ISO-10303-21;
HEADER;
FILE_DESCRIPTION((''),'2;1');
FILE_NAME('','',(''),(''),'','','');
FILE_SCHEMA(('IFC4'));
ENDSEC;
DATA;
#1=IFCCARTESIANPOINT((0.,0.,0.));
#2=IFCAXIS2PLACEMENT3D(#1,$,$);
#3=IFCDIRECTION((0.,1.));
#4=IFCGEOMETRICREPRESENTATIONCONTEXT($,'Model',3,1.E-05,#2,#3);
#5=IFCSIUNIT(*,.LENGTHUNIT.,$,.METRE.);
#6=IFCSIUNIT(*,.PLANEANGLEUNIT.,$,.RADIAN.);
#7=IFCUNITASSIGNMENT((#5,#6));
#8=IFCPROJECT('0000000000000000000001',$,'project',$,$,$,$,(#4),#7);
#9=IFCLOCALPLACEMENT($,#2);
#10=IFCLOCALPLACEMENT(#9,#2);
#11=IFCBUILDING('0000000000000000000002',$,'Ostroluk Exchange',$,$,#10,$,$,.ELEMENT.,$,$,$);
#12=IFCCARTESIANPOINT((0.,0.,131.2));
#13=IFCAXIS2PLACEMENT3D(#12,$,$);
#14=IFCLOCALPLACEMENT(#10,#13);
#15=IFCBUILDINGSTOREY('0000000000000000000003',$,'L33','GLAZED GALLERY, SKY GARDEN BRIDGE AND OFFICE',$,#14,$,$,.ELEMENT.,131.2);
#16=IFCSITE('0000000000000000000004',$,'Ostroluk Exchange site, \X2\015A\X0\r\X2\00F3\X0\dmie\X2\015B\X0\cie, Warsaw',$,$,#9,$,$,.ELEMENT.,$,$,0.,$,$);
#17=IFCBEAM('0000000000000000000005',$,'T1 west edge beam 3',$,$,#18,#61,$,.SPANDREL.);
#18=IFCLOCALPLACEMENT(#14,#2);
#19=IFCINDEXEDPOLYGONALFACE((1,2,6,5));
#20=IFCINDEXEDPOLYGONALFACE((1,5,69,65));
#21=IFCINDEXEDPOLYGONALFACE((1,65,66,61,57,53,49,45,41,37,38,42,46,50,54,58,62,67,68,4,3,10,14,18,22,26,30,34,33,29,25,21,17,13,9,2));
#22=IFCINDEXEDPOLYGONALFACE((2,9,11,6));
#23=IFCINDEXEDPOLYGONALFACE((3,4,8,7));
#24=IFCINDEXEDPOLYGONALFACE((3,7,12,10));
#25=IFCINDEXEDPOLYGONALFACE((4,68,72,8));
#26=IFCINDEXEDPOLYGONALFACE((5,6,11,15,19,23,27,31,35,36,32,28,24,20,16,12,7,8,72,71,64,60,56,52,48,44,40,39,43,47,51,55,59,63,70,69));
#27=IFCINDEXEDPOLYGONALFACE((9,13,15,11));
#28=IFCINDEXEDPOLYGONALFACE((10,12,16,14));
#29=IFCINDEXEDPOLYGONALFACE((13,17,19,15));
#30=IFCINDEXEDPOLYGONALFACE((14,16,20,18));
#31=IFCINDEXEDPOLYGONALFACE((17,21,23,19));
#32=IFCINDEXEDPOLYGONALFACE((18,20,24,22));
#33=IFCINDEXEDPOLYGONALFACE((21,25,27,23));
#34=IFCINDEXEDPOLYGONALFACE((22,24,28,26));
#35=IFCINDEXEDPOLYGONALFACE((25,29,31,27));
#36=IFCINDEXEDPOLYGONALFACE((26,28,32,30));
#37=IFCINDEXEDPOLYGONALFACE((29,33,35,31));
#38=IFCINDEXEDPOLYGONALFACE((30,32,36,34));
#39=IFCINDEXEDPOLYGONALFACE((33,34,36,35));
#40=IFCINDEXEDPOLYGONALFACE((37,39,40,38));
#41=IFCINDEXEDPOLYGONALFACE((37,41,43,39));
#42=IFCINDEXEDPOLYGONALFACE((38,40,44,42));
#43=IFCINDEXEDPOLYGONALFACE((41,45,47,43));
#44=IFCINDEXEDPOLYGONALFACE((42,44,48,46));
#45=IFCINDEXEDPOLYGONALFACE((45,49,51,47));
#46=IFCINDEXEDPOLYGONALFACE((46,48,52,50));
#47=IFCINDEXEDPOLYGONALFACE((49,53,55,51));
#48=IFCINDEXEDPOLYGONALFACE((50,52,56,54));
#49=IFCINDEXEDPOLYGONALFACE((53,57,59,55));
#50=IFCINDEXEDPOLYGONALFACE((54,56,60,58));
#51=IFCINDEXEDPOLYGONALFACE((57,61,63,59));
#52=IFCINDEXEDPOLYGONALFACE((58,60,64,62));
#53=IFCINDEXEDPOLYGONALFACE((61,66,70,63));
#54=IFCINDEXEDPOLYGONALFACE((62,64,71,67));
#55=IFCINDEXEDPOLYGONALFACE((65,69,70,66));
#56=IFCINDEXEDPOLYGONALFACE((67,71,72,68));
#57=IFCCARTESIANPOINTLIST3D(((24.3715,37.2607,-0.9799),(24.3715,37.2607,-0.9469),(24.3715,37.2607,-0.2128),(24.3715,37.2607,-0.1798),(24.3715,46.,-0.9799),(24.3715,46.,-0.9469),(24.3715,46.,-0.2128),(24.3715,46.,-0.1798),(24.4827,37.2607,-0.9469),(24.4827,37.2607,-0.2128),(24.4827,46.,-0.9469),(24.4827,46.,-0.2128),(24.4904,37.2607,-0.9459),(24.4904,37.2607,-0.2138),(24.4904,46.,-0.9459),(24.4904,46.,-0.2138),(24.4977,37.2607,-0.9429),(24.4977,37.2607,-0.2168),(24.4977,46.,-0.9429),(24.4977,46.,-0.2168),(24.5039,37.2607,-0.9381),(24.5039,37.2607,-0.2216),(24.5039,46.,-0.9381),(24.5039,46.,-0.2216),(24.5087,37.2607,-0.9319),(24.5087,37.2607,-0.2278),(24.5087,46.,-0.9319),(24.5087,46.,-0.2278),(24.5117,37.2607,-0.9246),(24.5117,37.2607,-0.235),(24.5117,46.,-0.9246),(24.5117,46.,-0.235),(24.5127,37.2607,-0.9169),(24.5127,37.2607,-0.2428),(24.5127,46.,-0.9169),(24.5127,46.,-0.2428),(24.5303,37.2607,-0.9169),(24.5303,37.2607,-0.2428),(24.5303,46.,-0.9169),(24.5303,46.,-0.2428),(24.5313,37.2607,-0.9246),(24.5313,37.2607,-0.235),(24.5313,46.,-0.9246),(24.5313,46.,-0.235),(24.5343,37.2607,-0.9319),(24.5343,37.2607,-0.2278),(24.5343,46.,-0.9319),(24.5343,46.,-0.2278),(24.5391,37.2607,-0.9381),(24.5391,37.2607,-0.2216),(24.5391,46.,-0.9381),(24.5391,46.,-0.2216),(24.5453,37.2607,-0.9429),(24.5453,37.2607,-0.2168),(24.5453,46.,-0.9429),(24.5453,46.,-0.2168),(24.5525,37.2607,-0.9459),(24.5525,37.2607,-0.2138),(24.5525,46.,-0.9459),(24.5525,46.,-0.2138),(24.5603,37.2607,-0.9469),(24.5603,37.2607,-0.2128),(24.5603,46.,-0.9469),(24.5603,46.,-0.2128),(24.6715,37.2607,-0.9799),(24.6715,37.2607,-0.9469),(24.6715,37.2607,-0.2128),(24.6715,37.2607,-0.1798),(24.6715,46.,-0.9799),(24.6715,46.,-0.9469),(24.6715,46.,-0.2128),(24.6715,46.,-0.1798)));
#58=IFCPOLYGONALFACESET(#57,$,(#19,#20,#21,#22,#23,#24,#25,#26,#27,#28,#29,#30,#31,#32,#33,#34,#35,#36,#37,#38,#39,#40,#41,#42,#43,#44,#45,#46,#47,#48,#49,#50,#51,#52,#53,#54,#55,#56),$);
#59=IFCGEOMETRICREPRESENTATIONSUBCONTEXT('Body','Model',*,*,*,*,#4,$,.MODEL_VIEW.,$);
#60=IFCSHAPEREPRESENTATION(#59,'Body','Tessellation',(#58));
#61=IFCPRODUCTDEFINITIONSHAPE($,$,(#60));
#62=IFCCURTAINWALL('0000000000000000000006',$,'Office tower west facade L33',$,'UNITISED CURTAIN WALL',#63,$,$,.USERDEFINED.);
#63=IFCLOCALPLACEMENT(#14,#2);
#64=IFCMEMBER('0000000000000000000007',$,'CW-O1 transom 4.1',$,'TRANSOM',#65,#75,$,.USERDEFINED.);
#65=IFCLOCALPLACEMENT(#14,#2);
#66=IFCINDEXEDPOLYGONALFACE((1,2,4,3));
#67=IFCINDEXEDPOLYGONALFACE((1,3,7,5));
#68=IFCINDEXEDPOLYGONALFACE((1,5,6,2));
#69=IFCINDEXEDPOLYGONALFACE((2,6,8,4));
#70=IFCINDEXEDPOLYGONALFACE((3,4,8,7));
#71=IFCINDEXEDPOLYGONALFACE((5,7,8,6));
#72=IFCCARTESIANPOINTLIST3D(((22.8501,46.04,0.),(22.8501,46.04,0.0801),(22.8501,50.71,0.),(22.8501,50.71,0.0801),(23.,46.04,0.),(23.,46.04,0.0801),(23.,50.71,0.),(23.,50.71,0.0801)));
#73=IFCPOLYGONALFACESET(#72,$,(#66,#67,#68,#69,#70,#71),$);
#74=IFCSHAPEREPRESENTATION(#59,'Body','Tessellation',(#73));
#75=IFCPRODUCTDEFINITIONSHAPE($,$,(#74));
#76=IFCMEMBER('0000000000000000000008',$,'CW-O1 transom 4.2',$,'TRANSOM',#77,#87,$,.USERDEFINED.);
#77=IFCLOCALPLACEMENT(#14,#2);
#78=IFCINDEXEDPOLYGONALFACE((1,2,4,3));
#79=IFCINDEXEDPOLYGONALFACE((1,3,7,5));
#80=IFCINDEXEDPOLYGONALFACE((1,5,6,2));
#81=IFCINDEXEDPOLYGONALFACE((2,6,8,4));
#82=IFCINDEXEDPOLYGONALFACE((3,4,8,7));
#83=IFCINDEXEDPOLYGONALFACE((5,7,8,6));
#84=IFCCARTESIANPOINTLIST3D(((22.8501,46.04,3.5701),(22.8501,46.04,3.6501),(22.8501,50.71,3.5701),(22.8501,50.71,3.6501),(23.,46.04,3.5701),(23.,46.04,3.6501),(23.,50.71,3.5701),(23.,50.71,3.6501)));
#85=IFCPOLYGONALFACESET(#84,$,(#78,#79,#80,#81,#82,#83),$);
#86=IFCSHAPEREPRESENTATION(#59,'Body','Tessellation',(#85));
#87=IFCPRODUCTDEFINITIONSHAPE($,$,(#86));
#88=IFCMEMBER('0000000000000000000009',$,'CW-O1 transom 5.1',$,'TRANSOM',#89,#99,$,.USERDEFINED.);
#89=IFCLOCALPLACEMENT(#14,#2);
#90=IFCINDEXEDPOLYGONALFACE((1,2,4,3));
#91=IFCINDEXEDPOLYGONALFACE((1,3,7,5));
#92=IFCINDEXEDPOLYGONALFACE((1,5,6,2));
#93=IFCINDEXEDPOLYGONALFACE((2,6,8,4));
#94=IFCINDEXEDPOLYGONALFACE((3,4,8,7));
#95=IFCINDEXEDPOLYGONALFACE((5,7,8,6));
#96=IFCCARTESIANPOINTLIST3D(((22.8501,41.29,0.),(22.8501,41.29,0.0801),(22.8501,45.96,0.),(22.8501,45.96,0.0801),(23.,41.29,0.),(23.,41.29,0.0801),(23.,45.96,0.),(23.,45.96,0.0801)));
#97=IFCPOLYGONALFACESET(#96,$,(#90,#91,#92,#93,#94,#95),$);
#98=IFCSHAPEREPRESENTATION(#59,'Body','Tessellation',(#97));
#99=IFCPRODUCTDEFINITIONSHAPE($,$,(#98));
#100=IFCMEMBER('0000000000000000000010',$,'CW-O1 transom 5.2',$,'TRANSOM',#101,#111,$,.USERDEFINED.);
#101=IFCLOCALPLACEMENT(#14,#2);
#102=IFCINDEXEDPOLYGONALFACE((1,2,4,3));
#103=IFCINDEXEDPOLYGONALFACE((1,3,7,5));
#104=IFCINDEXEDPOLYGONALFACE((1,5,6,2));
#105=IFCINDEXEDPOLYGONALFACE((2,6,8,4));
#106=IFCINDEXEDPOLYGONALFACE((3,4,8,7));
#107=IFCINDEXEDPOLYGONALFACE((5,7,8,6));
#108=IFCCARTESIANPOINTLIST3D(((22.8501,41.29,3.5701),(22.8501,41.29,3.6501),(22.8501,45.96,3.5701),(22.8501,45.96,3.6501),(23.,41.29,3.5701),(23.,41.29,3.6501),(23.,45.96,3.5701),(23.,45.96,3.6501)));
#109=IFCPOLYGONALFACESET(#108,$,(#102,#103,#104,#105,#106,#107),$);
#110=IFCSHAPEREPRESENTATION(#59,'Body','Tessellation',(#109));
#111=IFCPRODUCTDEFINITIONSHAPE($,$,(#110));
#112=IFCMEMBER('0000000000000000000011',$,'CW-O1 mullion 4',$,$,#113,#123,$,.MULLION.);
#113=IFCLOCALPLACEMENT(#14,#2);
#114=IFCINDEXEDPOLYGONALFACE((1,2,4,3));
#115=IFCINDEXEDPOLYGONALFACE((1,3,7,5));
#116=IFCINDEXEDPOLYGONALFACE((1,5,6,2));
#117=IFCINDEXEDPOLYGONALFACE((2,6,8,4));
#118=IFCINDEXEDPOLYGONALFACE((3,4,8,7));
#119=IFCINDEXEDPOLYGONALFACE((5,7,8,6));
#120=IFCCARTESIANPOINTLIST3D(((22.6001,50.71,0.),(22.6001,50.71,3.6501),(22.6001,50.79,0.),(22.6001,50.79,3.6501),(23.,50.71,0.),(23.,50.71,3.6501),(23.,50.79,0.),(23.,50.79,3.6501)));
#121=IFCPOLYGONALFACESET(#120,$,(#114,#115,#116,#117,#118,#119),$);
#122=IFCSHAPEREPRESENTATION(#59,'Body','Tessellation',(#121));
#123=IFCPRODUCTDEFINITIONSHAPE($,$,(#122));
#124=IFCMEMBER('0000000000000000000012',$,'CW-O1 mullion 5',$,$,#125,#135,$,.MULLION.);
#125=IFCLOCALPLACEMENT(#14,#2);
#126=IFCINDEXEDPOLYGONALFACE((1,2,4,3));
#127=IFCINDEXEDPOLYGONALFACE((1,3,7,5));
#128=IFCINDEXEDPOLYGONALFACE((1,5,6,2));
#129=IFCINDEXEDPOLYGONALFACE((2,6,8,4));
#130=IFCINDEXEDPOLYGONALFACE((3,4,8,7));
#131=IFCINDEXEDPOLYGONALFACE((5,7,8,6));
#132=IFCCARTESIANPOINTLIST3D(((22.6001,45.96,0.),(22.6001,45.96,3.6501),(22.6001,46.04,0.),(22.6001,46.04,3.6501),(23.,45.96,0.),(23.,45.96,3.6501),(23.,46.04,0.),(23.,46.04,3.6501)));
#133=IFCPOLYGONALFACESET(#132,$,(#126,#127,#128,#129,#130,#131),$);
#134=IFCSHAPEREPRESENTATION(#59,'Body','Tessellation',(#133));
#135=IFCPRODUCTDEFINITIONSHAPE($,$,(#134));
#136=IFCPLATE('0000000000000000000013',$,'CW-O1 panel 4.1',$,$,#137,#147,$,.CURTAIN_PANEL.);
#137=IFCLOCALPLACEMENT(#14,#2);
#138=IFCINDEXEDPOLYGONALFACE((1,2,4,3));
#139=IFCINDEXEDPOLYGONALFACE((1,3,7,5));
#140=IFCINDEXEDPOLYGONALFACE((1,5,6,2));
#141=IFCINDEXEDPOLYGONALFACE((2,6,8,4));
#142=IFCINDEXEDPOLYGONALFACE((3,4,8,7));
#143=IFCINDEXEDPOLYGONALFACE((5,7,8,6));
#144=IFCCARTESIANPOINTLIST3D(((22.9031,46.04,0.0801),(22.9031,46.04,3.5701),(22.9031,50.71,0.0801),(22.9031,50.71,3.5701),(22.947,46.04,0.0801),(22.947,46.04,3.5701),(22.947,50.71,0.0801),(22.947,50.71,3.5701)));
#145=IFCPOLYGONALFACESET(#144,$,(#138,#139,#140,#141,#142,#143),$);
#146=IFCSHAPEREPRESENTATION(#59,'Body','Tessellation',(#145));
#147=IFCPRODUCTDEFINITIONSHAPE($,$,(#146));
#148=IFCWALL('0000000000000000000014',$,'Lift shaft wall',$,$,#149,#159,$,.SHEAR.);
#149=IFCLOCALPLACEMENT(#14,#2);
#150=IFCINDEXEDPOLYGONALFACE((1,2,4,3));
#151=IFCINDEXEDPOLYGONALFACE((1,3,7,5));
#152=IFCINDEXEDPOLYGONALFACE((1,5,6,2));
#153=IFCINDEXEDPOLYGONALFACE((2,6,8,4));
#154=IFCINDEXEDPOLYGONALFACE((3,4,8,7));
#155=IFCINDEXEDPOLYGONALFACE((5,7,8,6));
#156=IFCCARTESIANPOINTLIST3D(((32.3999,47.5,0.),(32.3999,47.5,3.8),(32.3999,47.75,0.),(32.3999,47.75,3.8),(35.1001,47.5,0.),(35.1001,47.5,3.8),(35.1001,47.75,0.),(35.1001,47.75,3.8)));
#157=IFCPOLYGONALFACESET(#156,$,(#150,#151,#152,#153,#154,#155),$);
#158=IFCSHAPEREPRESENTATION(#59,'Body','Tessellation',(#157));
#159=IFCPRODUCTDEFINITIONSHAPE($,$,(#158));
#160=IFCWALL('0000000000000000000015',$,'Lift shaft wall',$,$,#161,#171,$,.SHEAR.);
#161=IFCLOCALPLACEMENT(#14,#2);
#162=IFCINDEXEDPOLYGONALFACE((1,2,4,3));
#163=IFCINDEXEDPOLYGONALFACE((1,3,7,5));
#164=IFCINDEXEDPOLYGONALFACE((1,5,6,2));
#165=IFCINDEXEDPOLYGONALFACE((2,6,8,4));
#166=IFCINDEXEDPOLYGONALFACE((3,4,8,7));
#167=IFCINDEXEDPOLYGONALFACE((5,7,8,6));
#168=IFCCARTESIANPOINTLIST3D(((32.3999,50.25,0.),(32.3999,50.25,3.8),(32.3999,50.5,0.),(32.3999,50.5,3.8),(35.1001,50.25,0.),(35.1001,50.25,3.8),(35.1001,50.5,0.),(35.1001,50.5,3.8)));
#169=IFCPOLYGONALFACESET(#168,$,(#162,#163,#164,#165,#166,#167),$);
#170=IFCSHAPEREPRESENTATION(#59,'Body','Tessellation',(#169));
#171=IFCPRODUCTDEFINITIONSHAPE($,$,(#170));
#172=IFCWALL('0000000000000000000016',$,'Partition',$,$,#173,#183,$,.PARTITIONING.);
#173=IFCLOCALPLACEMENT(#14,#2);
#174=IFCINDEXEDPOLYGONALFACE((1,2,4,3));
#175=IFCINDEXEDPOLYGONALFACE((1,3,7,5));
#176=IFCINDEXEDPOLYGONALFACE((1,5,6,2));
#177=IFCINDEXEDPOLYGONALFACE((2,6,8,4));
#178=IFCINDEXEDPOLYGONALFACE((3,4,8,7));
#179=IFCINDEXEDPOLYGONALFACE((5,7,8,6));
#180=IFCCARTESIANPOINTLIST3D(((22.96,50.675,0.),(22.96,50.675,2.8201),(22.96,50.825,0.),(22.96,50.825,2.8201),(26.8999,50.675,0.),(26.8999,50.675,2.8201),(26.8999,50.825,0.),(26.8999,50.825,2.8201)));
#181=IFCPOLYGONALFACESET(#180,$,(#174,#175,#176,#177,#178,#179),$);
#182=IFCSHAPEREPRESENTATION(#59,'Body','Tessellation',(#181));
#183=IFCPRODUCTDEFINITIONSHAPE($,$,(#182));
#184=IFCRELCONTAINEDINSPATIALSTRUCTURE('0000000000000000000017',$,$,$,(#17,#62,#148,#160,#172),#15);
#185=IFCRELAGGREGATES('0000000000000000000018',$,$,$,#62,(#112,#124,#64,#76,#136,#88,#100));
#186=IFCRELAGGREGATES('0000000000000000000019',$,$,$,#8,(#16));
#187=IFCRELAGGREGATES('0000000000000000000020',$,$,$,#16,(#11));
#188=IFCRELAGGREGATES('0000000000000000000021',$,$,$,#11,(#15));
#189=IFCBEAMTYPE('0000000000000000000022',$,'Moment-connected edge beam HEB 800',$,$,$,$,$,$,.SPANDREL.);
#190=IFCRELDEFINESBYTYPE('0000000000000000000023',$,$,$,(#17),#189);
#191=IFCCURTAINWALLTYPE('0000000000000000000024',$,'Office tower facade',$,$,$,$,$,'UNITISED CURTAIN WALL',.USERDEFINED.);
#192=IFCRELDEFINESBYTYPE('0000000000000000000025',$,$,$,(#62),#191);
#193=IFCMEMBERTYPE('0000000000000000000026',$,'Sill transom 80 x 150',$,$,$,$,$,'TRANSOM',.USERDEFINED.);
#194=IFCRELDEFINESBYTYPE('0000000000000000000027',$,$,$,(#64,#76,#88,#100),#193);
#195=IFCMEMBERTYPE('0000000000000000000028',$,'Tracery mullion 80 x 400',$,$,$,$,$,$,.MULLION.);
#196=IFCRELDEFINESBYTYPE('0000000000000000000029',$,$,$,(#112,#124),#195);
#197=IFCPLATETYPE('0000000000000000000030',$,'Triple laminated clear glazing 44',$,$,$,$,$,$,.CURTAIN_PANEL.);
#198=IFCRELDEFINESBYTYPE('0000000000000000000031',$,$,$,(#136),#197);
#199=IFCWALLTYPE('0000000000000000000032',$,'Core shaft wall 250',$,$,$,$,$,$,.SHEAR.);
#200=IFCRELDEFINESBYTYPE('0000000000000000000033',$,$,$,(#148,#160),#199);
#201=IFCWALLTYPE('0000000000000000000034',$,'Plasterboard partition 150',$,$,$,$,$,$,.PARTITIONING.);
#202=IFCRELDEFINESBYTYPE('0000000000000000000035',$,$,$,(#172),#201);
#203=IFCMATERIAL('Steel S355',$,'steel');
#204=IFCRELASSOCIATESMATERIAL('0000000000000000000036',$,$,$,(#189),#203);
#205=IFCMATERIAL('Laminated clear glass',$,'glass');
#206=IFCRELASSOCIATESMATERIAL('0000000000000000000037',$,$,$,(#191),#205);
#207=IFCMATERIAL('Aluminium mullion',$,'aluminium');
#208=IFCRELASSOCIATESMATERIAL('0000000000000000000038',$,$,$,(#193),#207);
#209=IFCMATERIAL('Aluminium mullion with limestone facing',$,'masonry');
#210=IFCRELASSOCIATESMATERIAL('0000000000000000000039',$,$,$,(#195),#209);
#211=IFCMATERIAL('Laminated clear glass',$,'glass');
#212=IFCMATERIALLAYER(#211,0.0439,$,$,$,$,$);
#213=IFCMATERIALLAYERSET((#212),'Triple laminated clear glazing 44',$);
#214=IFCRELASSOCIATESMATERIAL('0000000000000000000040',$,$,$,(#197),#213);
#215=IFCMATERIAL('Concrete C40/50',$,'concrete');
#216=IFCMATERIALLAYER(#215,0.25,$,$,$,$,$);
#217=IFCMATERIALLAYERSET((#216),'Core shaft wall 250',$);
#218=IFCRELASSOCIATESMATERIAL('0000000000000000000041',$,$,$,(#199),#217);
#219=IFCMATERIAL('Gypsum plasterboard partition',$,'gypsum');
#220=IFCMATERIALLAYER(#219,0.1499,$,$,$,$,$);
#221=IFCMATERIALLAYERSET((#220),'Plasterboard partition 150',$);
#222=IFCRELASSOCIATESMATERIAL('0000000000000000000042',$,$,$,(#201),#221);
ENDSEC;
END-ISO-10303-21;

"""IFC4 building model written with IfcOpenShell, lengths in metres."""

from ifc_helpers import new_model, si_unit, direction, frame, frame_2d, origin, origin_2d, place, context, subcontext, project, spatial, rectangle, i_section, extrude, material, layer, layer_set, material_profile, profile_set, type_object, element, aggregate, save


model = new_model("IFC4")

# Units and contexts
model_context = context("Model", 3, precision=1e-05, world=origin(), true_north=direction((0.0, 1.0)))
body_context = subcontext(model_context, "Body", "Model", "MODEL_VIEW")
ifc_project = project(units=[si_unit("LENGTHUNIT", "METRE"), si_unit("PLANEANGLEUNIT", "RADIAN")], contexts=[model_context])

# Site, building, storey
site_placement = place(None, origin())
site = spatial("IfcSite", under=ifc_project, at=site_placement, Name="Ostroluk Exchange site, Śródmieście, Warsaw", CompositionType="ELEMENT", RefElevation=0.0)
building_placement = place(site_placement, origin())
building = spatial("IfcBuilding", under=site, at=building_placement, Name="Ostroluk Exchange", CompositionType="ELEMENT")
storey_placement = place(building_placement, frame((0.0, 0.0, 131.2)))
storey = spatial("IfcBuildingStorey", under=building, at=storey_placement, Name="L33", Description="GLAZED GALLERY, SKY GARDEN BRIDGE AND OFFICE", CompositionType="ELEMENT", Elevation=131.2)

# Beam
ifc_material_1 = material(Name="Steel S355", Category="steel")
ifc_material_profile_1 = material_profile(ifc_material_1, i_section(OverallWidth=0.3, OverallDepth=0.8, WebThickness=0.0176, FlangeThickness=0.033, FilletRadius=0.03, at=origin_2d()), Name="HEB 800")
ifc_profile_set_1 = profile_set([ifc_material_profile_1], Name="Steel S355")
beam_type_1 = type_object("IfcBeamType", Name="Moment-connected edge beam HEB 800", PredefinedType="SPANDREL", material=ifc_profile_set_1)
beam_placement = place(storey_placement, frame((24.5215, 46.0, -0.5798), z_axis=(0.0, -1.0, 0.0), x_axis=(1.0, 0.0, 0.0)))
element("IfcBeam", 1, at=beam_placement, inside=storey, type_object=beam_type_1, Name="T1 west edge beam 3", PredefinedType="SPANDREL", context=body_context, shape_type="SweptSolid", body=[
    extrude(i_section(OverallWidth=0.3, OverallDepth=0.8, WebThickness=0.0176, FlangeThickness=0.033, FilletRadius=0.03, at=origin_2d()), origin(), (0.0, 0.0, 1.0), 8.7393),
])

# Curtain wall, members, plate
ifc_material_2 = material(Name="Laminated clear glass", Category="glass")
curtain_wall_type = type_object("IfcCurtainWallType", Name="Office tower facade", ElementType="UNITISED CURTAIN WALL", PredefinedType="USERDEFINED", material=ifc_material_2)
curtain_wall_placement = place(storey_placement, origin())
curtain_wall = element("IfcCurtainWall", 2, at=curtain_wall_placement, inside=storey, type_object=curtain_wall_type, Name="Office tower west facade L33", ObjectType="UNITISED CURTAIN WALL", PredefinedType="USERDEFINED")
ifc_material_3 = material(Name="Aluminium mullion", Category="aluminium")
ifc_material_profile_2 = material_profile(ifc_material_3, rectangle(XDim=0.1499, YDim=0.0801, at=origin_2d()), Name="Sill transom 80 x 150")
ifc_profile_set_2 = profile_set([ifc_material_profile_2], Name="Aluminium mullion")
member_type_1 = type_object("IfcMemberType", Name="Sill transom 80 x 150", ElementType="TRANSOM", PredefinedType="USERDEFINED", material=ifc_profile_set_2)
member_1_placement = place(storey_placement, frame((22.925, 50.71, 0.04), z_axis=(0.0, -1.0, 0.0), x_axis=(1.0, 0.0, 0.0)))
member_1 = element("IfcMember", 3, at=member_1_placement, type_object=member_type_1, Name="CW-O1 transom 4.1", ObjectType="TRANSOM", PredefinedType="USERDEFINED", context=body_context, shape_type="SweptSolid", body=[
    extrude(rectangle(XDim=0.1499, YDim=0.0801, at=origin_2d()), origin(), (0.0, 0.0, 1.0), 4.6699),
])
member_2_placement = place(storey_placement, frame((22.925, 50.71, 3.6101), z_axis=(0.0, -1.0, 0.0), x_axis=(1.0, 0.0, 0.0)))
member_2 = element("IfcMember", 4, at=member_2_placement, type_object=member_type_1, Name="CW-O1 transom 4.2", ObjectType="TRANSOM", PredefinedType="USERDEFINED", context=body_context, shape_type="SweptSolid", body=[
    extrude(rectangle(XDim=0.1499, YDim=0.0801, at=origin_2d()), origin(), (0.0, 0.0, 1.0), 4.6699),
])
member_3_placement = place(storey_placement, frame((22.925, 45.96, 0.04), z_axis=(0.0, -1.0, 0.0), x_axis=(1.0, 0.0, 0.0)))
member_3 = element("IfcMember", 5, at=member_3_placement, type_object=member_type_1, Name="CW-O1 transom 5.1", ObjectType="TRANSOM", PredefinedType="USERDEFINED", context=body_context, shape_type="SweptSolid", body=[
    extrude(rectangle(XDim=0.1499, YDim=0.0801, at=origin_2d()), origin(), (0.0, 0.0, 1.0), 4.6699),
])
member_4_placement = place(storey_placement, frame((22.925, 45.96, 3.6101), z_axis=(0.0, -1.0, 0.0), x_axis=(1.0, 0.0, 0.0)))
member_4 = element("IfcMember", 6, at=member_4_placement, type_object=member_type_1, Name="CW-O1 transom 5.2", ObjectType="TRANSOM", PredefinedType="USERDEFINED", context=body_context, shape_type="SweptSolid", body=[
    extrude(rectangle(XDim=0.1499, YDim=0.0801, at=origin_2d()), origin(), (0.0, 0.0, 1.0), 4.6699),
])
ifc_material_4 = material(Name="Aluminium mullion with limestone facing", Category="masonry")
ifc_material_profile_3 = material_profile(ifc_material_4, rectangle(XDim=0.3999, YDim=0.0801, at=origin_2d()), Name="Tracery mullion 80 x 400")
ifc_profile_set_3 = profile_set([ifc_material_profile_3], Name="Aluminium mullion with limestone facing")
member_type_2 = type_object("IfcMemberType", Name="Tracery mullion 80 x 400", PredefinedType="MULLION", material=ifc_profile_set_3)
member_5_placement = place(storey_placement, frame((22.8, 50.75, 0.0), z_axis=(0.0, 0.0, 1.0), x_axis=(1.0, 0.0, 0.0)))
member_5 = element("IfcMember", 7, at=member_5_placement, type_object=member_type_2, Name="CW-O1 mullion 4", PredefinedType="MULLION", context=body_context, shape_type="SweptSolid", body=[
    extrude(rectangle(XDim=0.3999, YDim=0.0801, at=origin_2d()), origin(), (0.0, 0.0, 1.0), 3.6501),
])
member_6_placement = place(storey_placement, frame((22.8, 46.0, 0.0), z_axis=(0.0, 0.0, 1.0), x_axis=(1.0, 0.0, 0.0)))
member_6 = element("IfcMember", 8, at=member_6_placement, type_object=member_type_2, Name="CW-O1 mullion 5", PredefinedType="MULLION", context=body_context, shape_type="SweptSolid", body=[
    extrude(rectangle(XDim=0.3999, YDim=0.0801, at=origin_2d()), origin(), (0.0, 0.0, 1.0), 3.6501),
])
ifc_material_5 = material(Name="Laminated clear glass", Category="glass")
ifc_layer_1 = layer(ifc_material_5, 0.0439)
ifc_layer_set_1 = layer_set([ifc_layer_1], Name="Triple laminated clear glazing 44")
plate_type = type_object("IfcPlateType", Name="Triple laminated clear glazing 44", PredefinedType="CURTAIN_PANEL", material=ifc_layer_set_1)
plate_placement = place(storey_placement, frame((22.925, 48.375, 0.0801), z_axis=(0.0, 0.0, 1.0), x_axis=(0.0, -1.0, 0.0)))
plate = element("IfcPlate", 9, at=plate_placement, type_object=plate_type, Name="CW-O1 panel 4.1", PredefinedType="CURTAIN_PANEL", context=body_context, shape_type="SweptSolid", body=[
    extrude(rectangle(XDim=4.6699, YDim=0.0439, at=origin_2d()), origin(), (0.0, 0.0, 1.0), 3.49),
])
aggregate(curtain_wall, [member_5, member_6, member_1, member_2, plate, member_3, member_4])

# Walls
ifc_material_6 = material(Name="Concrete C40/50", Category="concrete")
ifc_layer_2 = layer(ifc_material_6, 0.25)
ifc_layer_set_2 = layer_set([ifc_layer_2], Name="Core shaft wall 250")
wall_type_1 = type_object("IfcWallType", Name="Core shaft wall 250", PredefinedType="SHEAR", material=ifc_layer_set_2)
for number, where, z_axis, x_axis, name in (
    (10, (32.3999, 47.625, 0.0), (0.0, 0.0, 1.0), (1.0, 0.0, 0.0), "Lift shaft wall"),
    (11, (32.3999, 50.375, 0.0), (0.0, 0.0, 1.0), (1.0, 0.0, 0.0), "Lift shaft wall"),
):
    element("IfcWall", number, at=place(storey_placement, frame(where, z_axis=z_axis, x_axis=x_axis)), inside=storey, type_object=wall_type_1, Name=name, PredefinedType="SHEAR", context=body_context, shape_type="SweptSolid", body=[
        extrude(rectangle(XDim=2.7002, YDim=0.25, at=frame_2d((1.3501, 0.0))), origin(), (0.0, 0.0, 1.0), 3.8),
    ])
ifc_material_7 = material(Name="Gypsum plasterboard partition", Category="gypsum")
ifc_layer_3 = layer(ifc_material_7, 0.1499)
ifc_layer_set_3 = layer_set([ifc_layer_3], Name="Plasterboard partition 150")
wall_type_2 = type_object("IfcWallType", Name="Plasterboard partition 150", PredefinedType="PARTITIONING", material=ifc_layer_set_3)
wall_1_placement = place(storey_placement, frame((26.8999, 50.75, 0.0), z_axis=(0.0, 0.0, 1.0), x_axis=(-1.0, 0.0, 0.0)))
element("IfcWall", 12, at=wall_1_placement, inside=storey, type_object=wall_type_2, Name="Partition", PredefinedType="PARTITIONING", context=body_context, shape_type="SweptSolid", body=[
    extrude(rectangle(XDim=3.9399, YDim=0.1499, at=frame_2d((1.97, 0.0))), origin(), (0.0, 0.0, 1.0), 2.8201),
])

save(model, "model.ifc")
